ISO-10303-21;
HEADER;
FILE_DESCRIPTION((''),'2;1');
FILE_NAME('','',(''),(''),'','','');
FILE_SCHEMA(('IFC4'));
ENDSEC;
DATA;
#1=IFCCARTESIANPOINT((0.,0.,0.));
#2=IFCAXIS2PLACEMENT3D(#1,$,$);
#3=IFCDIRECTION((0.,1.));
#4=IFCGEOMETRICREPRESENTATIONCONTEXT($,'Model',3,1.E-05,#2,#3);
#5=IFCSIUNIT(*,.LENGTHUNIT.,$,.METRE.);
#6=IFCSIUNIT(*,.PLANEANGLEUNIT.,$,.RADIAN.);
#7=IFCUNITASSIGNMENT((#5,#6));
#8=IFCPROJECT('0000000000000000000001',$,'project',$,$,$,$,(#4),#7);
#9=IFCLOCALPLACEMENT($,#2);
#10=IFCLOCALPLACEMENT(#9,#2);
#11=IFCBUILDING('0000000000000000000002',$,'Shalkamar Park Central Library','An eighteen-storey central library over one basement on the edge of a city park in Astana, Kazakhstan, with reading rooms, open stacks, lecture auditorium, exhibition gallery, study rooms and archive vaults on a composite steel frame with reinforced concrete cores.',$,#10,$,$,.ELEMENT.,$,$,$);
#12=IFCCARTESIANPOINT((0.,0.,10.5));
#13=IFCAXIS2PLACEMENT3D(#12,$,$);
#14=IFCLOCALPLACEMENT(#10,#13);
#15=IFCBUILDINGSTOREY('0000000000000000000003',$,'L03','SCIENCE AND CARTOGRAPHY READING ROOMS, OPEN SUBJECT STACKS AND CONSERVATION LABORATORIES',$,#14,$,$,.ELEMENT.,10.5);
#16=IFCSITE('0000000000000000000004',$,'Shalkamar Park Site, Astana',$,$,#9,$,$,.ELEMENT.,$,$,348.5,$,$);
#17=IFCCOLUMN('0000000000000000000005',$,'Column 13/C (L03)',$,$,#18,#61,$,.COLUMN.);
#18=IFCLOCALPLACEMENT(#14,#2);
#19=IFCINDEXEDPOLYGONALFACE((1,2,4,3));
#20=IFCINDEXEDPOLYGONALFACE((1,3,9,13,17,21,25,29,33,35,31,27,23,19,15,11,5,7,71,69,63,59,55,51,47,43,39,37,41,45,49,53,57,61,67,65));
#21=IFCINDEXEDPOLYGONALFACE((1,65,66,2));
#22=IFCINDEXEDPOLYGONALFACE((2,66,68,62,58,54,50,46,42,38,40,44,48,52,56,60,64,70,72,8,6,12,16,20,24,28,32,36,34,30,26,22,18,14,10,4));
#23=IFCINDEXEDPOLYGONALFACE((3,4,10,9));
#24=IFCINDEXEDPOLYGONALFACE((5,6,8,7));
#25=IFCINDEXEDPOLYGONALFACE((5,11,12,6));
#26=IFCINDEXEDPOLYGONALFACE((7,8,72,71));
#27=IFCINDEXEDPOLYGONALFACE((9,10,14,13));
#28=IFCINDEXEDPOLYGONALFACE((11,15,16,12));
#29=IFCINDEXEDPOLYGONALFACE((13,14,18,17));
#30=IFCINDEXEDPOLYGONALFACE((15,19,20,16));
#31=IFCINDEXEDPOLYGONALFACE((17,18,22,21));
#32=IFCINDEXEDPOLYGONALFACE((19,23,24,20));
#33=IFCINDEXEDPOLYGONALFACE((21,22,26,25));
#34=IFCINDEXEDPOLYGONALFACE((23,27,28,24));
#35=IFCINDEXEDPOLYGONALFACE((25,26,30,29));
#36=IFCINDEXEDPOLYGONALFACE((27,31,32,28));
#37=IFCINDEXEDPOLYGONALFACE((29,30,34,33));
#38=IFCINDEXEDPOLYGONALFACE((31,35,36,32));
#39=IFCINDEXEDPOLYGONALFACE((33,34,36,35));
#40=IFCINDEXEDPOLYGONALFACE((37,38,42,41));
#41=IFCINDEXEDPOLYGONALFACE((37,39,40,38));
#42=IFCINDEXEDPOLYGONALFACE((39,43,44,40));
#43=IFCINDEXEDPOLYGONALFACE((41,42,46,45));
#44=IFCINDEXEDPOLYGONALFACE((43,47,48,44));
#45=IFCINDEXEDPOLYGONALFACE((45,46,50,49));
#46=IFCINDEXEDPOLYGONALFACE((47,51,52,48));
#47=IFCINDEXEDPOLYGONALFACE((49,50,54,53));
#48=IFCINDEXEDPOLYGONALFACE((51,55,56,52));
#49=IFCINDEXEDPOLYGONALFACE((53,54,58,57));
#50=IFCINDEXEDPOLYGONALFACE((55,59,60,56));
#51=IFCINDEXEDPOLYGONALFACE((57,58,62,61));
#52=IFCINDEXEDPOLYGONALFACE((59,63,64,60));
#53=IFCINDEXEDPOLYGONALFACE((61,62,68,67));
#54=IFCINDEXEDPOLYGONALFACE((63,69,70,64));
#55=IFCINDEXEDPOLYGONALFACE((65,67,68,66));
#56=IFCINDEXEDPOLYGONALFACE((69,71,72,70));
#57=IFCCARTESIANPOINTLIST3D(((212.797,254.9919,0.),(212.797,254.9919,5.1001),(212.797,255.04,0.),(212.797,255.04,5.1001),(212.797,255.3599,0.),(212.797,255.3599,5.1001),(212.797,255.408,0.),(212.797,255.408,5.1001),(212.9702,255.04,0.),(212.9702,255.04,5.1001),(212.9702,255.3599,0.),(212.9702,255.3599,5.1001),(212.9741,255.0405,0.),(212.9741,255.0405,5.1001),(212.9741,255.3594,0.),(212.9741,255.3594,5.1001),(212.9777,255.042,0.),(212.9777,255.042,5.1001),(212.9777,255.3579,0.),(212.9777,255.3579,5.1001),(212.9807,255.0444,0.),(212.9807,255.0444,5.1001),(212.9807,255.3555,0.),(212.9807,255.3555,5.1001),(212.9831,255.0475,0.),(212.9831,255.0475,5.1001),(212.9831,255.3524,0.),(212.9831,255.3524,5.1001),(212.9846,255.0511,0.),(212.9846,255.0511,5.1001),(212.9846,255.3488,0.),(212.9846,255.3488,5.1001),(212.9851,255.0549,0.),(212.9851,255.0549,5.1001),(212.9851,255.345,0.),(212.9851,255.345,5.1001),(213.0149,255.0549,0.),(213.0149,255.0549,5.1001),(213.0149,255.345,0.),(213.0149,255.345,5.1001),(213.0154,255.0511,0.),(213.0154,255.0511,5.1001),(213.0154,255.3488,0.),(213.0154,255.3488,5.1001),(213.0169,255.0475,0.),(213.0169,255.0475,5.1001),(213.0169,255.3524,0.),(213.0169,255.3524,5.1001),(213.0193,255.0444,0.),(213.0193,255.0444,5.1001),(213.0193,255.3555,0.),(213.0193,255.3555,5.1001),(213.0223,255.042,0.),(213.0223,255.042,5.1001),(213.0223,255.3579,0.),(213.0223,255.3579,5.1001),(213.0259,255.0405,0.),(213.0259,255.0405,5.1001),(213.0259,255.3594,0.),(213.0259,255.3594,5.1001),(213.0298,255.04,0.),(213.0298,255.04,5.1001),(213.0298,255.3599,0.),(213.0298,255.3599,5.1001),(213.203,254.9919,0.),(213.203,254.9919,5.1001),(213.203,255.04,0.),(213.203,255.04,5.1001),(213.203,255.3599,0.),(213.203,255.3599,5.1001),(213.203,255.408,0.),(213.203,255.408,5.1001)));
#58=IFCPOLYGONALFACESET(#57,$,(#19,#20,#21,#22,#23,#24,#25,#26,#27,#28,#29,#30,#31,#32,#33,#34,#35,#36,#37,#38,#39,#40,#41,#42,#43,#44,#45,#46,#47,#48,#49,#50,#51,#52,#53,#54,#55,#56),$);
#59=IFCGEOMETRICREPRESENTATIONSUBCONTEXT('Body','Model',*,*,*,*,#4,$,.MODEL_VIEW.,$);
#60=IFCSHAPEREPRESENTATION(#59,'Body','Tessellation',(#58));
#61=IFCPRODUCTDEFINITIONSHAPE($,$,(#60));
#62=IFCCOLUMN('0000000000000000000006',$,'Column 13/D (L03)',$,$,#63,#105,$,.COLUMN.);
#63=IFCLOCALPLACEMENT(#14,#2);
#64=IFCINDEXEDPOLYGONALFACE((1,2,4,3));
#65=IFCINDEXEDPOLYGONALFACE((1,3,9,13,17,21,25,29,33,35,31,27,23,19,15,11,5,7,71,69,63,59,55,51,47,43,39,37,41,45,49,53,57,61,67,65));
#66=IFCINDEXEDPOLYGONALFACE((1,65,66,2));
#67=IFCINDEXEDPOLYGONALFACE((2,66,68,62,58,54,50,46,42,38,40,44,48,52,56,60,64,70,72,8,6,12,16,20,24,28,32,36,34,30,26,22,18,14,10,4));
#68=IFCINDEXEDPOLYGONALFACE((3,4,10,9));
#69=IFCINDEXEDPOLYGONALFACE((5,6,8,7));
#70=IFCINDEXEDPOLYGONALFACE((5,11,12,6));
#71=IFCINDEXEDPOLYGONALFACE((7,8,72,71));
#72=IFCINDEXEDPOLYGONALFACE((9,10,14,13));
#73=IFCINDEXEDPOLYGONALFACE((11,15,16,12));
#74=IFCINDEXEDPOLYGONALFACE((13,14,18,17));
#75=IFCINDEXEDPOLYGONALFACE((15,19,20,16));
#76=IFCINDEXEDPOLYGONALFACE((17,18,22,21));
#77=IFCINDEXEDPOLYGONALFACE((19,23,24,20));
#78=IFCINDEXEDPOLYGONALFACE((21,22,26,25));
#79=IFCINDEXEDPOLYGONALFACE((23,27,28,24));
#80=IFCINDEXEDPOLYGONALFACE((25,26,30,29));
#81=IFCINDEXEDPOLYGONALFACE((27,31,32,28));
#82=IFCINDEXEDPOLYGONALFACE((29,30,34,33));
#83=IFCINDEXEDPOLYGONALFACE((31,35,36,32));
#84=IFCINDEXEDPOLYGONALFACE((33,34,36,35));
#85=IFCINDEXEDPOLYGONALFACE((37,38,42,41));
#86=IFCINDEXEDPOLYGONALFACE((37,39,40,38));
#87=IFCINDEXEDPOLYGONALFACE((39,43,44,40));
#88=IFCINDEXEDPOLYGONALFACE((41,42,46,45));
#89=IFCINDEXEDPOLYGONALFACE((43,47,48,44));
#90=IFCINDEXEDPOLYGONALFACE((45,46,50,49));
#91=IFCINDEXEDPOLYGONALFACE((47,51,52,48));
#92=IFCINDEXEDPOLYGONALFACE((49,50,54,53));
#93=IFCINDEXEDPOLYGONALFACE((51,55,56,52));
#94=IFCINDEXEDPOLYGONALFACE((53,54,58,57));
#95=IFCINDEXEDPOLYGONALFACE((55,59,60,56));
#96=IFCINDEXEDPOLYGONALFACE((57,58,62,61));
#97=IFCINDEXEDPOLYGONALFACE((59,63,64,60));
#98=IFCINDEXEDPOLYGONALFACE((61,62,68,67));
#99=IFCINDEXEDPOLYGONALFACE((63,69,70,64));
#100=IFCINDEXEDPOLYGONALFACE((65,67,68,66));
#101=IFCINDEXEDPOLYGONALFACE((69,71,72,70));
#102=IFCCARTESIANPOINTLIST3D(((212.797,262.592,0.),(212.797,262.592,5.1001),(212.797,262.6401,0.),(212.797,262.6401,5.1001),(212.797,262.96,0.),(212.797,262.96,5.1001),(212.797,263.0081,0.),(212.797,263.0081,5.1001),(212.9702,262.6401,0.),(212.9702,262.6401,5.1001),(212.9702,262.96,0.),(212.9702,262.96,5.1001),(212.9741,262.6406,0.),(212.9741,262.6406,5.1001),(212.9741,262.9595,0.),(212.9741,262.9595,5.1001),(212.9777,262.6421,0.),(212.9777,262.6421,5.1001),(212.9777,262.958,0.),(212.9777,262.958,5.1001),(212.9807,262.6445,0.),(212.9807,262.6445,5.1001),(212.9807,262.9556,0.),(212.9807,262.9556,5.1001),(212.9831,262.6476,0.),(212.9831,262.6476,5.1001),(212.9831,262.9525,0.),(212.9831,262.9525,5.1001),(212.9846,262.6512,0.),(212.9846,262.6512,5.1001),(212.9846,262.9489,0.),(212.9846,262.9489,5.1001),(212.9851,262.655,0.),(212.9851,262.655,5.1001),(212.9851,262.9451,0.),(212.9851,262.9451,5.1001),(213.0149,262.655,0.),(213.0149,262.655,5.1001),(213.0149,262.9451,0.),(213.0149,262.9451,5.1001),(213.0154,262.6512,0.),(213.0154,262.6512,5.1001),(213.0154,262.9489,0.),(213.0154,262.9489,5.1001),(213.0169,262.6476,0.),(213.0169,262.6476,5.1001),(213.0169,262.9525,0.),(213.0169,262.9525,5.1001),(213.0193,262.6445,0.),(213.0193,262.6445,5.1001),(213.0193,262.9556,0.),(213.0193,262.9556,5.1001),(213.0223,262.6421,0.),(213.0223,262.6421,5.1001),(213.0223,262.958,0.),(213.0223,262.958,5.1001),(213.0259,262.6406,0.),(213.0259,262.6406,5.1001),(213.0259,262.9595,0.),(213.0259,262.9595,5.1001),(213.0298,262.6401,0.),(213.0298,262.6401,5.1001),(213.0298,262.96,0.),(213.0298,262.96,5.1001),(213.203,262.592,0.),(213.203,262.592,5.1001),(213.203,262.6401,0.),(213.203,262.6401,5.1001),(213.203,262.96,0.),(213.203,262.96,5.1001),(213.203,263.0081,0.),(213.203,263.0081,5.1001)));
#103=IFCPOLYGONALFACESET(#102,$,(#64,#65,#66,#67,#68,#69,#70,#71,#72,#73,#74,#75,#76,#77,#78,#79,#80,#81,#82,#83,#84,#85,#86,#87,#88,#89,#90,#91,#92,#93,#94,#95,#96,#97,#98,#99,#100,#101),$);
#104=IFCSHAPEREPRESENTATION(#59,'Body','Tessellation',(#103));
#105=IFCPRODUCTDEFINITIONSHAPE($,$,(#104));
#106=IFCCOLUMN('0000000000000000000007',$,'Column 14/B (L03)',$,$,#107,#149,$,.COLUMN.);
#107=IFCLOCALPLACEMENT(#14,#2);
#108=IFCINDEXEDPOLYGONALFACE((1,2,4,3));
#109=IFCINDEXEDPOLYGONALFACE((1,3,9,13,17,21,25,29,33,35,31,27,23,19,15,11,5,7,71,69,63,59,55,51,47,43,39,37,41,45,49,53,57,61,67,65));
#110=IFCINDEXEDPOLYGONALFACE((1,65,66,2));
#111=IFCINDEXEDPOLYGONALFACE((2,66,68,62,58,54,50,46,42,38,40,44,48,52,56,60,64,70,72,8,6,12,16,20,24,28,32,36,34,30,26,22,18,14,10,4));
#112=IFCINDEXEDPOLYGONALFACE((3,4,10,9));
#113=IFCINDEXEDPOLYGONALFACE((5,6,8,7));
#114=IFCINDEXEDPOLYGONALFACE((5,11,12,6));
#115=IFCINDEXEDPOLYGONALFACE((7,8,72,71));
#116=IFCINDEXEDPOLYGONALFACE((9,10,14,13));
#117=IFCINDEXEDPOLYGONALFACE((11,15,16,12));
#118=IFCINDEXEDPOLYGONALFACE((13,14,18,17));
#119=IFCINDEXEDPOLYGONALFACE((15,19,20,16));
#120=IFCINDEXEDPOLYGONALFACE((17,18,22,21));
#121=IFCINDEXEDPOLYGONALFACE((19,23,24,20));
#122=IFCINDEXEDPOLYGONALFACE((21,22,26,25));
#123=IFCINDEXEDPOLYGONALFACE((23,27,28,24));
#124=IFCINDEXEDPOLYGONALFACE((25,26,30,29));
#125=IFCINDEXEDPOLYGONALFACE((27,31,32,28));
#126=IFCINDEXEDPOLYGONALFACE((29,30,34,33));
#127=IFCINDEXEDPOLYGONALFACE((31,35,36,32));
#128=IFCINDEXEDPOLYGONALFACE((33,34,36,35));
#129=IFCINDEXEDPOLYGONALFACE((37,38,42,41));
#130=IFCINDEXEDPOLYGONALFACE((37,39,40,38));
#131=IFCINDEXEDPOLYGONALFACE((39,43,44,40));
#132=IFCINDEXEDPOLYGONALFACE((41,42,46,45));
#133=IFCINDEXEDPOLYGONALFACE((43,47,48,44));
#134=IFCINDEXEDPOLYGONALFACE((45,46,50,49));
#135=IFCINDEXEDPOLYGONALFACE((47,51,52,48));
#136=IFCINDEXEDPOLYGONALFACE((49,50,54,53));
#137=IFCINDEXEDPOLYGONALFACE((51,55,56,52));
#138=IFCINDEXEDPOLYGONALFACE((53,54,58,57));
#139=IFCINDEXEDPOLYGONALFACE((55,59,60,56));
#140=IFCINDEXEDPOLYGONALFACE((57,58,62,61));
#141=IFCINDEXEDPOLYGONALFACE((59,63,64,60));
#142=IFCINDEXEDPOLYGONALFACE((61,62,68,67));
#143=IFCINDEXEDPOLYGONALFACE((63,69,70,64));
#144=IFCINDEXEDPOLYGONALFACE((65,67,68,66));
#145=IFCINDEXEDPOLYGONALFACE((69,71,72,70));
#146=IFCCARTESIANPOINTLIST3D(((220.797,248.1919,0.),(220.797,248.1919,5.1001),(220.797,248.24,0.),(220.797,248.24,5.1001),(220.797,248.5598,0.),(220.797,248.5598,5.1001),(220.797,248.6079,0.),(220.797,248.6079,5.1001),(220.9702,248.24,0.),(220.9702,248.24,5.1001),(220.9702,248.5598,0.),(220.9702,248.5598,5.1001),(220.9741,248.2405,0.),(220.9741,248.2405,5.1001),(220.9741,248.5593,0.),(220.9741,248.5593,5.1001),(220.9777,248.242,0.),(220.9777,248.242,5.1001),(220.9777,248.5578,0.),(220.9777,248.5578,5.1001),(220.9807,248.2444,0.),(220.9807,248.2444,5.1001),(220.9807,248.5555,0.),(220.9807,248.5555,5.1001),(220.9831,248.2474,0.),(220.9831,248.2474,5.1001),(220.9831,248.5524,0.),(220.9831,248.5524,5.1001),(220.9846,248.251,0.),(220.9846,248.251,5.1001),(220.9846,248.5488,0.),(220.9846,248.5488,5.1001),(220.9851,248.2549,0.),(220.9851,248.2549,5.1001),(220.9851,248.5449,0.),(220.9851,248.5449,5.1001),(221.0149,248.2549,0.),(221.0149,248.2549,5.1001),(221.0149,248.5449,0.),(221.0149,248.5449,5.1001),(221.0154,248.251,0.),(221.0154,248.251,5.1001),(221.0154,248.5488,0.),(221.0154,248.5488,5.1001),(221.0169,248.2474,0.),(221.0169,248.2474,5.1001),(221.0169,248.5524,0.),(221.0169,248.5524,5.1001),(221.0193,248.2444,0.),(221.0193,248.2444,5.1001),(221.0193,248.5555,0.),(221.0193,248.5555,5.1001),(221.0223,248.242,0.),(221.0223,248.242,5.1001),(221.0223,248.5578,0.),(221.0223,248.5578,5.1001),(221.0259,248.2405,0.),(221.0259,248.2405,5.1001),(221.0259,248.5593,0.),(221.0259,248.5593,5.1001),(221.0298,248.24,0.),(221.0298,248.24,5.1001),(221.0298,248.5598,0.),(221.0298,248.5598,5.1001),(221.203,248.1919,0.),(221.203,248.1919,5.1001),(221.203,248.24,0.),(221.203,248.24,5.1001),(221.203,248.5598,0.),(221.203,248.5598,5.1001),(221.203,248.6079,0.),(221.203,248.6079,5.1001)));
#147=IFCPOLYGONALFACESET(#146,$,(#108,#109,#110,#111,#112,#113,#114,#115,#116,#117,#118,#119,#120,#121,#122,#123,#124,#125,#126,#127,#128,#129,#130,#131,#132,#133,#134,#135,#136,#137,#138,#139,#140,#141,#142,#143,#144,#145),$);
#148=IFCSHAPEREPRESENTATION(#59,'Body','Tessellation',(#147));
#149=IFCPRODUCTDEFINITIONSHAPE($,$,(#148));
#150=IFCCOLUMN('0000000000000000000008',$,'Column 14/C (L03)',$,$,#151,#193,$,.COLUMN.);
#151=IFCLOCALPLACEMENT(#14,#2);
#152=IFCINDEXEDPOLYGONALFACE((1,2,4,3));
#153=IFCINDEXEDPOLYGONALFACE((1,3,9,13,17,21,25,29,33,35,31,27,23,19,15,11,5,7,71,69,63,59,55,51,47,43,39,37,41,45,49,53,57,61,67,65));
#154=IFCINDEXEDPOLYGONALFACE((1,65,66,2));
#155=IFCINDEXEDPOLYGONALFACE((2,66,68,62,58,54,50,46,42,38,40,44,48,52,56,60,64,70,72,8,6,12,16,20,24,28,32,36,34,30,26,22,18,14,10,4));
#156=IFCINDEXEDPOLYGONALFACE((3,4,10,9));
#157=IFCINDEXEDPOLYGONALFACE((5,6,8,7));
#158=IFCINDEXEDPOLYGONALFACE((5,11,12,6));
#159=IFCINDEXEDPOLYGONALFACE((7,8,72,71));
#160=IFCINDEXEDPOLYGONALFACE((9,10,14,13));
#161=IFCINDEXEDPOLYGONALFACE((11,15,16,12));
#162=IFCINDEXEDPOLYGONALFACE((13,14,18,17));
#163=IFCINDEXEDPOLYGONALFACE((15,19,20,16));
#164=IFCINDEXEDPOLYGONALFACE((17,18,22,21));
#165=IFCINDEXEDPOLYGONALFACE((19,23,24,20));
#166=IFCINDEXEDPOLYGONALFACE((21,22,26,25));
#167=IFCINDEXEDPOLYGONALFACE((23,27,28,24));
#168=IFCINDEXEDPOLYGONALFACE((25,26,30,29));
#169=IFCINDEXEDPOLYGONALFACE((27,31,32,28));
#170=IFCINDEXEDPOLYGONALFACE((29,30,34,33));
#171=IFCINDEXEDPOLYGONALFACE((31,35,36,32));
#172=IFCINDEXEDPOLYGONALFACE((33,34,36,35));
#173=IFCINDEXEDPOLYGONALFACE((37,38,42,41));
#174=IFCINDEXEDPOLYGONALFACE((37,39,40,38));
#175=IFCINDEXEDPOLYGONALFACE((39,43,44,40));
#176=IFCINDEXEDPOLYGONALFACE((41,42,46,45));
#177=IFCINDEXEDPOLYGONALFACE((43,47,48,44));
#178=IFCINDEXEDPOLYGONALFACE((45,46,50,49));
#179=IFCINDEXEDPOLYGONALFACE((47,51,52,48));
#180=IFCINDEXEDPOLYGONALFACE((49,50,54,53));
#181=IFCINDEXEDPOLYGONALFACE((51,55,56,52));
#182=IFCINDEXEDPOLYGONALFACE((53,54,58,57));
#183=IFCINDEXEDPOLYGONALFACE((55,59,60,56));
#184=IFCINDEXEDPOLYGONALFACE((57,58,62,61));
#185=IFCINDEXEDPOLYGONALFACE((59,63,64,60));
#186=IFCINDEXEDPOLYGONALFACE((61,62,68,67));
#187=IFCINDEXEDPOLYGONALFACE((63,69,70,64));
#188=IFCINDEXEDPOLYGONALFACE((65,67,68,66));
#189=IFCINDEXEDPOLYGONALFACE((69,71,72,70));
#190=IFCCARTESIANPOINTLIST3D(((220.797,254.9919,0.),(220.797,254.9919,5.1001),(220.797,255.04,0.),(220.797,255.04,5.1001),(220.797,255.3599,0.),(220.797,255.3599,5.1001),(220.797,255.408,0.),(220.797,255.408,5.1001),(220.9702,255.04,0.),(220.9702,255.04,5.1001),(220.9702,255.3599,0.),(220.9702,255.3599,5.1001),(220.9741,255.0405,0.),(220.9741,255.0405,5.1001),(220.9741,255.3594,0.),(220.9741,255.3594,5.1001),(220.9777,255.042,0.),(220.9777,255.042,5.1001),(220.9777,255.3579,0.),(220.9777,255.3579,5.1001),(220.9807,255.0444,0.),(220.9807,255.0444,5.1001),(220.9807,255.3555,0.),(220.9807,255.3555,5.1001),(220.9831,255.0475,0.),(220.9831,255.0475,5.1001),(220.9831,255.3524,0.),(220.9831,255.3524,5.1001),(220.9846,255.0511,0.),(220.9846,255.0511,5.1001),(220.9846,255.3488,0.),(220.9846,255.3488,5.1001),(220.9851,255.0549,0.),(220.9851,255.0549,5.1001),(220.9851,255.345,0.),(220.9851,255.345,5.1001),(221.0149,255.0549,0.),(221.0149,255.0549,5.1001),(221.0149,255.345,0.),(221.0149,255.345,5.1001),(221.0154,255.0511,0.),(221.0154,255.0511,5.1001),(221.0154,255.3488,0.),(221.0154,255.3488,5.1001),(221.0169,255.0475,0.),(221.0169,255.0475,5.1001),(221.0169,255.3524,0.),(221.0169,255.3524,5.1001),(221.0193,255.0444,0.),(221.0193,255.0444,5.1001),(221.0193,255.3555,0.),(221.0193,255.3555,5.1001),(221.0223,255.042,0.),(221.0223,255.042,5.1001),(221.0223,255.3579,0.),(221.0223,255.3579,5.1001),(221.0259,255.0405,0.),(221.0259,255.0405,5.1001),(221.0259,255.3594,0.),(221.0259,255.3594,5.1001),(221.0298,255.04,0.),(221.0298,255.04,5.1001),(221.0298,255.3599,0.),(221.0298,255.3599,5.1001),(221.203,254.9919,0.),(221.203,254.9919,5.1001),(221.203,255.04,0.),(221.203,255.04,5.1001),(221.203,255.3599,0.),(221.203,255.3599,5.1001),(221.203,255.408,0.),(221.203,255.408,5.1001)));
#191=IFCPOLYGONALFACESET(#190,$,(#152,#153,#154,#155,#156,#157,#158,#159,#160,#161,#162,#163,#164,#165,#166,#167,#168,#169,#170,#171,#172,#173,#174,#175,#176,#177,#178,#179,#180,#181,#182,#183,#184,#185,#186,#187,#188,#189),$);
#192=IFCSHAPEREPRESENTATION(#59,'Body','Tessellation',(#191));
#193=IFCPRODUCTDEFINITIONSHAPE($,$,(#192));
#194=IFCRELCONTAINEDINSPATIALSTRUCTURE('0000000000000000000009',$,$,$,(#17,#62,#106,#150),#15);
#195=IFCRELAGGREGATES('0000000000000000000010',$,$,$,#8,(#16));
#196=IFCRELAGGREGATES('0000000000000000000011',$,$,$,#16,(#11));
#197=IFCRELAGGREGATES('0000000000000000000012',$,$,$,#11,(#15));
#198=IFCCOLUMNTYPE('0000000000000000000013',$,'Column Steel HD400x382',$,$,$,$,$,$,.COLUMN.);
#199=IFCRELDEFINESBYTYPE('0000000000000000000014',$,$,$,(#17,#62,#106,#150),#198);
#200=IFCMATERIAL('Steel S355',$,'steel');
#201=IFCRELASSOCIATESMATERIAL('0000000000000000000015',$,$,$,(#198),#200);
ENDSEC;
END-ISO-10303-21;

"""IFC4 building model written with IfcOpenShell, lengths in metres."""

from ifc_helpers import new_model, si_unit, direction, frame, origin, origin_2d, place, context, subcontext, project, spatial, i_section, extrude, material, material_profile, profile_set, type_object, element, save


model = new_model("IFC4")

# Units and contexts
model_context = context("Model", 3, precision=1e-05, world=origin(), true_north=direction((0.0, 1.0)))
body_context = subcontext(model_context, "Body", "Model", "MODEL_VIEW")
ifc_project = project(units=[si_unit("LENGTHUNIT", "METRE"), si_unit("PLANEANGLEUNIT", "RADIAN")], contexts=[model_context])

# Site, building, storey
site_placement = place(None, origin())
site = spatial("IfcSite", under=ifc_project, at=site_placement, Name="Shalkamar Park Site, Astana", CompositionType="ELEMENT", RefElevation=348.5)
building_placement = place(site_placement, origin())
building = spatial("IfcBuilding", under=site, at=building_placement, Name="Shalkamar Park Central Library", Description="An eighteen-storey central library over one basement on the edge of a city park in Astana, Kazakhstan, with reading rooms, open stacks, lecture auditorium, exhibition gallery, study rooms and archive vaults on a composite steel frame with reinforced concrete cores.", CompositionType="ELEMENT")
storey_placement = place(building_placement, frame((0.0, 0.0, 10.5)))
storey = spatial("IfcBuildingStorey", under=building, at=storey_placement, Name="L03", Description="SCIENCE AND CARTOGRAPHY READING ROOMS, OPEN SUBJECT STACKS AND CONSERVATION LABORATORIES", CompositionType="ELEMENT", Elevation=10.5)

# Columns
ifc_material_1 = material(Name="Steel S355", Category="steel")
ifc_material_profile_1 = material_profile(ifc_material_1, i_section(OverallWidth=0.406, OverallDepth=0.416, WebThickness=0.0298, FlangeThickness=0.0481, FilletRadius=0.0149, at=origin_2d()), Name="HD 400x382")
ifc_profile_set_1 = profile_set([ifc_material_profile_1], Name="Steel S355")
column_type = type_object("IfcColumnType", Name="Column Steel HD400x382", PredefinedType="COLUMN", material=ifc_profile_set_1)
for number, where, z_axis, x_axis, name in (
    (1, (213.0, 255.2, 0.0), (0.0, 0.0, 1.0), (1.0, 0.0, 0.0), "Column 13/C (L03)"),
    (2, (213.0, 262.8, 0.0), (0.0, 0.0, 1.0), (1.0, 0.0, 0.0), "Column 13/D (L03)"),
    (3, (221.0, 248.3999, 0.0), (0.0, 0.0, 1.0), (1.0, 0.0, 0.0), "Column 14/B (L03)"),
    (4, (221.0, 255.2, 0.0), (0.0, 0.0, 1.0), (1.0, 0.0, 0.0), "Column 14/C (L03)"),
):
    element("IfcColumn", number, at=place(storey_placement, frame(where, z_axis=z_axis, x_axis=x_axis)), inside=storey, type_object=column_type, Name=name, PredefinedType="COLUMN", context=body_context, shape_type="SweptSolid", body=[
        extrude(i_section(OverallWidth=0.406, OverallDepth=0.416, WebThickness=0.0298, FlangeThickness=0.0481, FilletRadius=0.0149, at=origin_2d()), origin(), (0.0, 0.0, 1.0), 5.1001),
    ])

save(model, "model.ifc")
